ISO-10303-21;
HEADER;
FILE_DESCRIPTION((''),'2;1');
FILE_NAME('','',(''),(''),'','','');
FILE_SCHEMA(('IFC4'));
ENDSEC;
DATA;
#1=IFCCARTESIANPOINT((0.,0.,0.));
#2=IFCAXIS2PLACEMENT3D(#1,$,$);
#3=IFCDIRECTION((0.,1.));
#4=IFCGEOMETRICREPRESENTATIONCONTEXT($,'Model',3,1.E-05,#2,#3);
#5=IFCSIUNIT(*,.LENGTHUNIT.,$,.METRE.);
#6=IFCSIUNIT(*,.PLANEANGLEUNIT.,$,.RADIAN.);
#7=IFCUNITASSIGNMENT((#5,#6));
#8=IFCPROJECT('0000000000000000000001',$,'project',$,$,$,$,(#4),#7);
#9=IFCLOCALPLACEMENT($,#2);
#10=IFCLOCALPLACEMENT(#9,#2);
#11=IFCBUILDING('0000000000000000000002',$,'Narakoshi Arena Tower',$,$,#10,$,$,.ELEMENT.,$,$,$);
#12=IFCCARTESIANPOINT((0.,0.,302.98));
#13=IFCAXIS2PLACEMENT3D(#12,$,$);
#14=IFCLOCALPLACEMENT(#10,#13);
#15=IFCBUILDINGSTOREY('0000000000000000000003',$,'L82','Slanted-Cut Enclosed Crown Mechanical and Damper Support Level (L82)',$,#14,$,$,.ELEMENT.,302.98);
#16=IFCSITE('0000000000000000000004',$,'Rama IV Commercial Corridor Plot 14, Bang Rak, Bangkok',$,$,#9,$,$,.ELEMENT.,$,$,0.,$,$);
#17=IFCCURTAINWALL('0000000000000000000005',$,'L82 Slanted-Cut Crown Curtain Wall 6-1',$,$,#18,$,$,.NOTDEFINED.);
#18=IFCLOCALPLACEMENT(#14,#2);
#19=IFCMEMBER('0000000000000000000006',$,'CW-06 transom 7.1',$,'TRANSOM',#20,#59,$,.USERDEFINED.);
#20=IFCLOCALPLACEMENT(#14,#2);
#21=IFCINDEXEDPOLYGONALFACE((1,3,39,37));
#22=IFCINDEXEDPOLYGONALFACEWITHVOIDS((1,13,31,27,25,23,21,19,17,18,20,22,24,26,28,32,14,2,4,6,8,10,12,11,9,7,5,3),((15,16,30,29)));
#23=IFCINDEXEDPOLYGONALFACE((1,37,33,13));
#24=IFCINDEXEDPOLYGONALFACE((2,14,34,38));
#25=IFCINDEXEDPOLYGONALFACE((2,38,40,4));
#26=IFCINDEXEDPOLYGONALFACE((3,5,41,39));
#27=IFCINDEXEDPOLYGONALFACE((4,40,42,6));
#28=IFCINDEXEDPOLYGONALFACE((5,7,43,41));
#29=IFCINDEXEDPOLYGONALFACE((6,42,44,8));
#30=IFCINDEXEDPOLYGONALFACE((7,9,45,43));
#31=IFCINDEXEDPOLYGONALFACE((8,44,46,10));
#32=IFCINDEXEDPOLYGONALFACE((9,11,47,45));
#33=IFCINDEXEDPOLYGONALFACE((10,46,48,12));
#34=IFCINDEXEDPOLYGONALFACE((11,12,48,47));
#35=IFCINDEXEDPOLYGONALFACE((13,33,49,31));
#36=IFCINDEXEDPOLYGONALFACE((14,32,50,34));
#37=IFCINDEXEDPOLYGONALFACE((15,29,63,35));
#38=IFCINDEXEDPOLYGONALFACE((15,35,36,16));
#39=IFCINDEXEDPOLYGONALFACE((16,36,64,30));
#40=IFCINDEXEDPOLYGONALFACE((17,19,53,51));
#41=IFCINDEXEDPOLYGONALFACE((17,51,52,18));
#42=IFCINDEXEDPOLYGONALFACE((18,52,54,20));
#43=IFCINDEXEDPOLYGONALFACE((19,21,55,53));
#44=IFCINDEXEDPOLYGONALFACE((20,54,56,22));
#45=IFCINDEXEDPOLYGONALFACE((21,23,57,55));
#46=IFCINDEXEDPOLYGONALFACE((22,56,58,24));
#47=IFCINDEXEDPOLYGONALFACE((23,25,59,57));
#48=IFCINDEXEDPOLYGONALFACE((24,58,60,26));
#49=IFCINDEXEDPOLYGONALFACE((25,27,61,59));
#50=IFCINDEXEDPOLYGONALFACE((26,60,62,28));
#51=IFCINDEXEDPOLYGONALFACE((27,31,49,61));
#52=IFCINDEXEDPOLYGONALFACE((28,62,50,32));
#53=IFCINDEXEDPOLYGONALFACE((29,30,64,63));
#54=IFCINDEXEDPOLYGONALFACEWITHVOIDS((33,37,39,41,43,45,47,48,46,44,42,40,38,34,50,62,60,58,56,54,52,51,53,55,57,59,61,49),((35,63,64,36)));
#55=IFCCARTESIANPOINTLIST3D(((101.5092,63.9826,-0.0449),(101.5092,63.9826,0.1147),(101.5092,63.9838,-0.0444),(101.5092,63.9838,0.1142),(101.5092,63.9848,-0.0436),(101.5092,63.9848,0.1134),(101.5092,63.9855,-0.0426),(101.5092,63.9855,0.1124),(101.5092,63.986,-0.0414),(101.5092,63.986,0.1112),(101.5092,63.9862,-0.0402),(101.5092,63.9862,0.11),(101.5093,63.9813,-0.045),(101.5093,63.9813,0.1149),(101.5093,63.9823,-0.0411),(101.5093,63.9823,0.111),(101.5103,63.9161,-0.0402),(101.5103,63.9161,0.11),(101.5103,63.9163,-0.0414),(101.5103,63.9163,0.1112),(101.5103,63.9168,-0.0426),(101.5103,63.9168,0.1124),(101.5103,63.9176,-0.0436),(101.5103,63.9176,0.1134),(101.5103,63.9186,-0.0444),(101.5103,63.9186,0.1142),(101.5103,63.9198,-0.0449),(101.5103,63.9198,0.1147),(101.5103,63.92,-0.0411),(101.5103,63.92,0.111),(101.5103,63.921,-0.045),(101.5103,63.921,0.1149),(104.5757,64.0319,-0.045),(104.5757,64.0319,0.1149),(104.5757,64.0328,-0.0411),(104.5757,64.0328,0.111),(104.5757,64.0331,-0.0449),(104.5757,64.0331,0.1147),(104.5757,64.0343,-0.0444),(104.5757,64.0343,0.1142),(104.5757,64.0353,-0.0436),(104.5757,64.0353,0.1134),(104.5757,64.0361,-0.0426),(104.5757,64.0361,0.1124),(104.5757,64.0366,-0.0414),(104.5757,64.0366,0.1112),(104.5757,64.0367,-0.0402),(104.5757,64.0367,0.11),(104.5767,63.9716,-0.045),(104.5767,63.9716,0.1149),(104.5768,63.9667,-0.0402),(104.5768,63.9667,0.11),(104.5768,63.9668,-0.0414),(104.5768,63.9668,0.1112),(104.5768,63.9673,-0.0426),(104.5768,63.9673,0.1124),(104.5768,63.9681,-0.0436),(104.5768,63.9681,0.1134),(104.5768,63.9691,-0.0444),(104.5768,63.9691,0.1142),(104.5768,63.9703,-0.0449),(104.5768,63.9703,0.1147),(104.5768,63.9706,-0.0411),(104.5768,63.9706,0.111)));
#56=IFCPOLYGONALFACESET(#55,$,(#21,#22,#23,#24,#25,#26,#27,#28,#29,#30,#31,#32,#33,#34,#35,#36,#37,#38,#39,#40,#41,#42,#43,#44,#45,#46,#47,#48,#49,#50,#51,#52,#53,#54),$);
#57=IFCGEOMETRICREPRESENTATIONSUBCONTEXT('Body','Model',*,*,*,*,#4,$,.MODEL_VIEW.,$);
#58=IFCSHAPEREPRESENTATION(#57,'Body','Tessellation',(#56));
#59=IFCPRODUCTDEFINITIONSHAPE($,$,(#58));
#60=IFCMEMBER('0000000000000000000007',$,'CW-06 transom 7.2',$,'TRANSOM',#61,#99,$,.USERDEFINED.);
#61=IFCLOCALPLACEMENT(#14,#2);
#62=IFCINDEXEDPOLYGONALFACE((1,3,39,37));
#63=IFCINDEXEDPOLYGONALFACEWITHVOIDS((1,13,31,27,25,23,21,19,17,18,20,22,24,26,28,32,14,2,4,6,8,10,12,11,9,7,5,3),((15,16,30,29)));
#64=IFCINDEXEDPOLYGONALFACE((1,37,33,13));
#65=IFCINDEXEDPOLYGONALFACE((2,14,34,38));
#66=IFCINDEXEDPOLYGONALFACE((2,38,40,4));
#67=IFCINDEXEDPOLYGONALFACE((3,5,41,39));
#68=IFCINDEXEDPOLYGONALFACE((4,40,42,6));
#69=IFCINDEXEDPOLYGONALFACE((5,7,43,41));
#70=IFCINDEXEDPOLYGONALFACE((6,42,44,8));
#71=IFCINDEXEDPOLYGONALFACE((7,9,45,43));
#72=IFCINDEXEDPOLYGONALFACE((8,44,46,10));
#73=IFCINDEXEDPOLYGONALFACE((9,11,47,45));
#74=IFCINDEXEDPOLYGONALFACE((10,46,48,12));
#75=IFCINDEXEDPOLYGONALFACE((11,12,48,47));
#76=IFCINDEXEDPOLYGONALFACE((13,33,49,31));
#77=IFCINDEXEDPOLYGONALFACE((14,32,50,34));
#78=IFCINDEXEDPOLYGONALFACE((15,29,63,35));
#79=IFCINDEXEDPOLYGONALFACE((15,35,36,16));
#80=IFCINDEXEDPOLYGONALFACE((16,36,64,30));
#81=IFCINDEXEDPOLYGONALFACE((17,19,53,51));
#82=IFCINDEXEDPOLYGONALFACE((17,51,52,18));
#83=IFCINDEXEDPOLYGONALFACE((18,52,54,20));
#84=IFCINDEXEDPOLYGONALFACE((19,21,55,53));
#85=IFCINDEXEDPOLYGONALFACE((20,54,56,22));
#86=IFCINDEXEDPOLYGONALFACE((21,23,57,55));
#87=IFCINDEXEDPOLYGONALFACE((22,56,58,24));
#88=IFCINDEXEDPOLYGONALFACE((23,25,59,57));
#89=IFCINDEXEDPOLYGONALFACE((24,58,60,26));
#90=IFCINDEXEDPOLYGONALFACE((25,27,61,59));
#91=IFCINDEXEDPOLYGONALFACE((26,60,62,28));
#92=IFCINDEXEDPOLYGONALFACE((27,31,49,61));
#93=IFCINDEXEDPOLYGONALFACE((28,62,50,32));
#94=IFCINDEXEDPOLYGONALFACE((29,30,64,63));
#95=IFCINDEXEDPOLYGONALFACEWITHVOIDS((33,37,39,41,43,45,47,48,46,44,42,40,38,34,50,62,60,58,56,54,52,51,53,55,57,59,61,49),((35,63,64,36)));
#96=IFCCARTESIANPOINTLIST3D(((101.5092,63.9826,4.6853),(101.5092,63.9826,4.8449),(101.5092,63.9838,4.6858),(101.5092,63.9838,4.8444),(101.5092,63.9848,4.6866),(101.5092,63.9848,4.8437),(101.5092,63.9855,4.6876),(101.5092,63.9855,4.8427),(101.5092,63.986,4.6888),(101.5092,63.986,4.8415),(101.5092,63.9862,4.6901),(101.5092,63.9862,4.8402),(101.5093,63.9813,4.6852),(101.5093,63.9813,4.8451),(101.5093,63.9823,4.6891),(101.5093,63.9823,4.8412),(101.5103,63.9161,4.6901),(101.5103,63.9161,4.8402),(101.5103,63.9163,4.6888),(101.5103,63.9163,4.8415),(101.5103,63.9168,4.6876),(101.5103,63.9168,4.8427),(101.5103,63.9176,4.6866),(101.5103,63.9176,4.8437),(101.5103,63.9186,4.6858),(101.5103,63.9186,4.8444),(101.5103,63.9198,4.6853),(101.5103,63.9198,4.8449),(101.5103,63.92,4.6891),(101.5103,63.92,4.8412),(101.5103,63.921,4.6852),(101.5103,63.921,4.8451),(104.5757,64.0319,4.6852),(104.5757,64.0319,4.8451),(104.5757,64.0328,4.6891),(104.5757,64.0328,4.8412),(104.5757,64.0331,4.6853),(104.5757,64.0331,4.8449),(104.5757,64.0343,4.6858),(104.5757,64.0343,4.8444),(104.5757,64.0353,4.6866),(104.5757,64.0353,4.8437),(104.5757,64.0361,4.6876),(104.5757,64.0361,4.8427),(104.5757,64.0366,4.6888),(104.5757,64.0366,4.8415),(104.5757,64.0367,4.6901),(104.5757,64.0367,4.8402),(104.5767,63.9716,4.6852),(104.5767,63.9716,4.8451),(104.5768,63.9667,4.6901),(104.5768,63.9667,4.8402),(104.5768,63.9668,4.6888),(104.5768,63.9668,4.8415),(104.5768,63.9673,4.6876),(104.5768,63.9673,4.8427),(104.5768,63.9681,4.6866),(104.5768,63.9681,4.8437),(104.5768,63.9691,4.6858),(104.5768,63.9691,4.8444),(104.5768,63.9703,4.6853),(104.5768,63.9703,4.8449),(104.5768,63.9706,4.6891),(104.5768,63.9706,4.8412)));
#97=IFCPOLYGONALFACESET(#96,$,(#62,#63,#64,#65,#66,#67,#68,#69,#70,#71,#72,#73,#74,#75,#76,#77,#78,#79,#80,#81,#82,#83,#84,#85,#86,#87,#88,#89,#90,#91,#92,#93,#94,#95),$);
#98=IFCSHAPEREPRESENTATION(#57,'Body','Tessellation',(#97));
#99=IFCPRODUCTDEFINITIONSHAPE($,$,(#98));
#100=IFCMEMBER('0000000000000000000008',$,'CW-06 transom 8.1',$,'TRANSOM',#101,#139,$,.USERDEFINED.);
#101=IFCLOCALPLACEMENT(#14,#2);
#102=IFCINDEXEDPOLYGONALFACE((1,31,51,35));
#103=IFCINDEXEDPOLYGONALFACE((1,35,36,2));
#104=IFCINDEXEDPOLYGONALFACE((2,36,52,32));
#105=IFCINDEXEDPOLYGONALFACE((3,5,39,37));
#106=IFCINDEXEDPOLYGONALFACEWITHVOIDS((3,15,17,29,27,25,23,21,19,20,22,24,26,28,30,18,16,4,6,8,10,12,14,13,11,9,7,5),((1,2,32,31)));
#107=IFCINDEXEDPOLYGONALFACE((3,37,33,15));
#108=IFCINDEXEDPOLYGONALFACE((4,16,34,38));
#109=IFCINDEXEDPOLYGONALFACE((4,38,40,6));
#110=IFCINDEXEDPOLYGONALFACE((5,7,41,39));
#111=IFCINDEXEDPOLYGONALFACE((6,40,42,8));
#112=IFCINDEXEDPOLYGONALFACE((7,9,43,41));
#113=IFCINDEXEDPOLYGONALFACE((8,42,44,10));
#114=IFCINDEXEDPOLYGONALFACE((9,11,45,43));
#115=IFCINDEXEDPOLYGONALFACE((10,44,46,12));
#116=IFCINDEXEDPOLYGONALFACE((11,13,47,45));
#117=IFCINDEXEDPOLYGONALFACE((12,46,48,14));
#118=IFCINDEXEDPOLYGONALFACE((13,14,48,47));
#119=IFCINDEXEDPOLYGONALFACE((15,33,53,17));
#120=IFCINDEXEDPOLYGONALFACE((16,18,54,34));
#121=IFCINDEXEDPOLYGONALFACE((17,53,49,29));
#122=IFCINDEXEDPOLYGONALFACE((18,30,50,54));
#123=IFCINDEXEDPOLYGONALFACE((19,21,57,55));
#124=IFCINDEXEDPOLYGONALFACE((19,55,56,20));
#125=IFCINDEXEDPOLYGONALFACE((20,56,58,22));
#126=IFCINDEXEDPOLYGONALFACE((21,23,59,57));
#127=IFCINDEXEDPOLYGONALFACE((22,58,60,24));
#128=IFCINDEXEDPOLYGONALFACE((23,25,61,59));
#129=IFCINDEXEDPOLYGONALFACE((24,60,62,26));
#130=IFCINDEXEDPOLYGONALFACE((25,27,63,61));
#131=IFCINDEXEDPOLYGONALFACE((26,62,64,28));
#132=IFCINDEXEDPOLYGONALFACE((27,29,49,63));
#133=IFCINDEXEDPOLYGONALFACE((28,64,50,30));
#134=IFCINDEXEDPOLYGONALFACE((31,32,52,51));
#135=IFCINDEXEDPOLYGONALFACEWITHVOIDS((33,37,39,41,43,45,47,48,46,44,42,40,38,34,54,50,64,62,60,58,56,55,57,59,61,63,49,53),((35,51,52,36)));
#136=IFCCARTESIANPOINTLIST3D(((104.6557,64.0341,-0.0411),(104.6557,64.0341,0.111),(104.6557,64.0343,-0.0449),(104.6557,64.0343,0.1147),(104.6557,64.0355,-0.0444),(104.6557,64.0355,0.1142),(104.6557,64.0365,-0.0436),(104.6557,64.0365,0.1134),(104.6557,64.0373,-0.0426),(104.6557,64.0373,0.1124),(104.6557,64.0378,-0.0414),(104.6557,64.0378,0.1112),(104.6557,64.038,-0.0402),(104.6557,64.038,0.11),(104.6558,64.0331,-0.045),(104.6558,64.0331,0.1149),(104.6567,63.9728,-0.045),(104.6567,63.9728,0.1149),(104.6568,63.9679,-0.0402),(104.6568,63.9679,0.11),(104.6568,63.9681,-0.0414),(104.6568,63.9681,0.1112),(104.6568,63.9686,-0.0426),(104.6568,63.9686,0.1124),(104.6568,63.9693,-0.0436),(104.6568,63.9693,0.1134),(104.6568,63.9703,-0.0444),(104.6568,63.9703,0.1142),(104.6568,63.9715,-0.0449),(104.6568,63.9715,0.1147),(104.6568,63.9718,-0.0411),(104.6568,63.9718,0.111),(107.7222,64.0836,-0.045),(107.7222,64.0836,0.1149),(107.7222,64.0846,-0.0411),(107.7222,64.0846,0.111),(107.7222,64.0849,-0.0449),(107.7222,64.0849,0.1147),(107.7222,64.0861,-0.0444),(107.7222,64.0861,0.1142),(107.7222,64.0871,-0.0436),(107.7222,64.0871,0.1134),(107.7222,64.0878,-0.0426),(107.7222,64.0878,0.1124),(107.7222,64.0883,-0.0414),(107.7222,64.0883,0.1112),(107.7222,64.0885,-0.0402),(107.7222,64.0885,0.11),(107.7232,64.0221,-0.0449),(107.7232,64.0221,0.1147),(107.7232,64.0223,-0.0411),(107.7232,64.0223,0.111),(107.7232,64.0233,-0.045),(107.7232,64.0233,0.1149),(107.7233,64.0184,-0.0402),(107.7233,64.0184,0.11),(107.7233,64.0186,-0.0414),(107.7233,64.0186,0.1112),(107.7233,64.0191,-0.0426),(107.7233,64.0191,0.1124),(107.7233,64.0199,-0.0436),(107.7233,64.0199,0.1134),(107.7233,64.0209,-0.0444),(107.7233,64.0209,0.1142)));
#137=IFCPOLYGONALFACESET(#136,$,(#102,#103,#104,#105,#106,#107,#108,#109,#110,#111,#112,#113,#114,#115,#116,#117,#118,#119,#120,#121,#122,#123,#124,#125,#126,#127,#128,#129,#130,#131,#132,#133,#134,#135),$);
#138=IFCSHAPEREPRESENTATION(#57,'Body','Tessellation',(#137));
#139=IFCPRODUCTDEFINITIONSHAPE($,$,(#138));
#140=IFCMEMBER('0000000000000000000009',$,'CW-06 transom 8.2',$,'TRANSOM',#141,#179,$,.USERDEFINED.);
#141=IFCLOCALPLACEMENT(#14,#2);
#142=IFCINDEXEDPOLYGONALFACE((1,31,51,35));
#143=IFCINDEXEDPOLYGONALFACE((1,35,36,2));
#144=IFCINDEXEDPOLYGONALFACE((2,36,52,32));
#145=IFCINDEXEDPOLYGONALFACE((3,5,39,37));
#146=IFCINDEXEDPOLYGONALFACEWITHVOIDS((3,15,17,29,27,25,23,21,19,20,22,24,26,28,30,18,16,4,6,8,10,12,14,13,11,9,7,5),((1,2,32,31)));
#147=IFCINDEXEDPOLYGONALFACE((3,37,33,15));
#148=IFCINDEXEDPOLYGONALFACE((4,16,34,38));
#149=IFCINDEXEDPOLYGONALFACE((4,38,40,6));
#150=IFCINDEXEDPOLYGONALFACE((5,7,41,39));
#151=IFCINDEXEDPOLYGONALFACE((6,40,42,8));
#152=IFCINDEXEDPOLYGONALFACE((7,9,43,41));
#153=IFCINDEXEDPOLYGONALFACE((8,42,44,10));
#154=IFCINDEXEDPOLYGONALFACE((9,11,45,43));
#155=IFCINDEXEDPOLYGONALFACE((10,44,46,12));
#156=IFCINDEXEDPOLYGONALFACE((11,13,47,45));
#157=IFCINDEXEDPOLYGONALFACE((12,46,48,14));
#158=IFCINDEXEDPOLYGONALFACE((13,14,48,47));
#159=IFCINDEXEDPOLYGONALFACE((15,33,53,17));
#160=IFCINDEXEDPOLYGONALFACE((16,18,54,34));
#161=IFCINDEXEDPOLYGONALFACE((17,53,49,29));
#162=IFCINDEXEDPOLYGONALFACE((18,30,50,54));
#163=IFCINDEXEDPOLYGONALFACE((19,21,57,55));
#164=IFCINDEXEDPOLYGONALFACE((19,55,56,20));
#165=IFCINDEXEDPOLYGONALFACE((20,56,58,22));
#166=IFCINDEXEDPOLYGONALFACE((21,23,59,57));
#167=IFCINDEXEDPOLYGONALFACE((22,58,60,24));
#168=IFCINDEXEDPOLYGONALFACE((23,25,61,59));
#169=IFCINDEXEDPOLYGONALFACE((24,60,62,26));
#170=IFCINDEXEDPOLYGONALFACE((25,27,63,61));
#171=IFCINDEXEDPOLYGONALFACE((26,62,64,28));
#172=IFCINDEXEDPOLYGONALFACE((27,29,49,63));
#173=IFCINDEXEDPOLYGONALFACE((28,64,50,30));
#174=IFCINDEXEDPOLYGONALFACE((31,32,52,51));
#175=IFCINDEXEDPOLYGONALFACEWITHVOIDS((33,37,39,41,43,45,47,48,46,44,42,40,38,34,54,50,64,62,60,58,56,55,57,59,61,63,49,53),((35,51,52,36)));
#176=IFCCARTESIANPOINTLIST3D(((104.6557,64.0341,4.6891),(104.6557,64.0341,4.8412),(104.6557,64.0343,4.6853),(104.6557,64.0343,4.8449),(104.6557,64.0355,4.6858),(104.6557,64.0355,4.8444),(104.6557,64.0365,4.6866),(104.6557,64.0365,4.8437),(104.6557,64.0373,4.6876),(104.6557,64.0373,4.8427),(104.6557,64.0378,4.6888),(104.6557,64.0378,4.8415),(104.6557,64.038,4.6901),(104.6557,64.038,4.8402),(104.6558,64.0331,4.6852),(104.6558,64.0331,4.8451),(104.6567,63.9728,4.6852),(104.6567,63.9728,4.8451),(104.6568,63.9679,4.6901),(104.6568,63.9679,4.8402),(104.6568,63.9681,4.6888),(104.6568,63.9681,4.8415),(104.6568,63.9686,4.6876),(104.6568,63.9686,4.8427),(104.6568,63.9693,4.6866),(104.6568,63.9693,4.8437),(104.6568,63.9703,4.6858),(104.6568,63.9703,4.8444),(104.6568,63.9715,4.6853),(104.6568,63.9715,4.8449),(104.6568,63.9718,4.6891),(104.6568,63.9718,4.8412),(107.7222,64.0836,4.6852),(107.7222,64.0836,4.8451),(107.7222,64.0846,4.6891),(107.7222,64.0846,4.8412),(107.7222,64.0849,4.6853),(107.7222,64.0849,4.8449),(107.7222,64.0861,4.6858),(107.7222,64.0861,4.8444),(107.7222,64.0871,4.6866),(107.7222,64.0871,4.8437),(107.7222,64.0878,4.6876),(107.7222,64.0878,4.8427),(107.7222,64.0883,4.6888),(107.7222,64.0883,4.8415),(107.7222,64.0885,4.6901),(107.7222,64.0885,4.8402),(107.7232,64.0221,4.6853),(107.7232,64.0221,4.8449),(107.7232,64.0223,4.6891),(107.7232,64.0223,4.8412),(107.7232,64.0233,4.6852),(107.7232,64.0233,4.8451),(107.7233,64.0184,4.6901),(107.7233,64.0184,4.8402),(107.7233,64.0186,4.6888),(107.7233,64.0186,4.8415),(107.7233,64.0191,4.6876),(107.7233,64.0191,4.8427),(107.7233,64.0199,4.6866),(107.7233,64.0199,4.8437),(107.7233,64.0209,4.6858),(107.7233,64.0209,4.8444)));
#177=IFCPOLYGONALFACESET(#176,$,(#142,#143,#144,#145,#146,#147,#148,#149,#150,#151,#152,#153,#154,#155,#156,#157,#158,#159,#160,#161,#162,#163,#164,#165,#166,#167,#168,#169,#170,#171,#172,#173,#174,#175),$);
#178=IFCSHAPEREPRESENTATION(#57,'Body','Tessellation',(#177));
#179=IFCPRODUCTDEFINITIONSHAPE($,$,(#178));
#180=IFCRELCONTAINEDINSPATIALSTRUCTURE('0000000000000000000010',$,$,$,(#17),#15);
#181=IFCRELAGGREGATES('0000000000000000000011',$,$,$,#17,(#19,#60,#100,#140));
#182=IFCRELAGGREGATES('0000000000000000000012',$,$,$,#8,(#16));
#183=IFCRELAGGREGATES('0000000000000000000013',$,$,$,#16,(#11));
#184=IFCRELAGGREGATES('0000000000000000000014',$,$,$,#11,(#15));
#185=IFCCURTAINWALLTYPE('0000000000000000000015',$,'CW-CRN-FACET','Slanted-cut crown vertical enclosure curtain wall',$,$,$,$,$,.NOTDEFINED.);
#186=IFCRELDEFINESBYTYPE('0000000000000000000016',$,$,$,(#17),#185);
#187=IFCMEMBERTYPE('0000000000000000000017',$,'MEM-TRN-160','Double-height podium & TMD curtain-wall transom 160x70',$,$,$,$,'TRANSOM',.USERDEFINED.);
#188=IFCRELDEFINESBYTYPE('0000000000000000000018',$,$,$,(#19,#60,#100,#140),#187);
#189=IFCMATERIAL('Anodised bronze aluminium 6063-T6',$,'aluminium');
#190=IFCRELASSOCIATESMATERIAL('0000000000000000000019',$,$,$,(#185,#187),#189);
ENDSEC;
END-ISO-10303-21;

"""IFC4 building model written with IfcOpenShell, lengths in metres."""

from ifc_helpers import new_model, si_unit, direction, frame, origin, origin_2d, place, context, subcontext, project, spatial, hollow_rectangle, extrude, material, material_profile, profile_set, type_object, element, aggregate, save


model = new_model("IFC4")

# Units and contexts
model_context = context("Model", 3, precision=1e-05, world=origin(), true_north=direction((0.0, 1.0)))
body_context = subcontext(model_context, "Body", "Model", "MODEL_VIEW")
ifc_project = project(units=[si_unit("LENGTHUNIT", "METRE"), si_unit("PLANEANGLEUNIT", "RADIAN")], contexts=[model_context])

# Site, building, storey
site_placement = place(None, origin())
site = spatial("IfcSite", under=ifc_project, at=site_placement, Name="Rama IV Commercial Corridor Plot 14, Bang Rak, Bangkok", CompositionType="ELEMENT", RefElevation=0.0)
building_placement = place(site_placement, origin())
building = spatial("IfcBuilding", under=site, at=building_placement, Name="Narakoshi Arena Tower", CompositionType="ELEMENT")
storey_placement = place(building_placement, frame((0.0, 0.0, 302.98)))
storey = spatial("IfcBuildingStorey", under=building, at=storey_placement, Name="L82", Description="Slanted-Cut Enclosed Crown Mechanical and Damper Support Level (L82)", CompositionType="ELEMENT", Elevation=302.98)

# Curtain wall, members
ifc_material_1 = material(Name="Anodised bronze aluminium 6063-T6", Category="aluminium")
curtain_wall_type = type_object("IfcCurtainWallType", Name="CW-CRN-FACET", Description="Slanted-cut crown vertical enclosure curtain wall", PredefinedType="NOTDEFINED", material=ifc_material_1)
curtain_wall_placement = place(storey_placement, origin())
curtain_wall = element("IfcCurtainWall", 1, at=curtain_wall_placement, inside=storey, type_object=curtain_wall_type, Name="L82 Slanted-Cut Crown Curtain Wall 6-1", PredefinedType="NOTDEFINED")
ifc_material_profile_1 = material_profile(ifc_material_1, hollow_rectangle(XDim=0.0701, YDim=0.1599, WallThickness=0.0039, OuterFilletRadius=0.0049, at=origin_2d()), Name="TRN160x70x4")
ifc_profile_set_1 = profile_set([ifc_material_profile_1], Name="Anodised bronze aluminium 6063-T6")
member_type_1 = type_object("IfcMemberType", Name="MEM-TRN-160", Description="Double-height podium & TMD curtain-wall transom 160x70", ElementType="TRANSOM", PredefinedType="USERDEFINED", material=ifc_profile_set_1)
member_1_placement = place(storey_placement, frame((101.5098, 63.9512, 0.0349), z_axis=(0.999864, 0.016479, 0.0), x_axis=(-0.016479, 0.999864, 0.0)))
member_1 = element("IfcMember", 2, at=member_1_placement, type_object=member_type_1, Name="CW-06 transom 7.1", ObjectType="TRANSOM", PredefinedType="USERDEFINED", context=body_context, shape_type="SweptSolid", body=[
    extrude(hollow_rectangle(XDim=0.0701, YDim=0.1599, WallThickness=0.0039, OuterFilletRadius=0.0049, at=origin_2d()), origin(), (0.0, 0.0, 1.0), 3.0669),
])
member_2_placement = place(storey_placement, frame((101.5098, 63.9512, 4.7651), z_axis=(0.999864, 0.016479, 0.0), x_axis=(-0.016479, 0.999864, 0.0)))
member_2 = element("IfcMember", 3, at=member_2_placement, type_object=member_type_1, Name="CW-06 transom 7.2", ObjectType="TRANSOM", PredefinedType="USERDEFINED", context=body_context, shape_type="SweptSolid", body=[
    extrude(hollow_rectangle(XDim=0.0701, YDim=0.1599, WallThickness=0.0039, OuterFilletRadius=0.0049, at=origin_2d()), origin(), (0.0, 0.0, 1.0), 3.0669),
])
member_3_placement = place(storey_placement, frame((104.6562, 64.0029, 0.0349), z_axis=(0.999864, 0.016479, 0.0), x_axis=(-0.016479, 0.999864, 0.0)))
member_3 = element("IfcMember", 4, at=member_3_placement, type_object=member_type_1, Name="CW-06 transom 8.1", ObjectType="TRANSOM", PredefinedType="USERDEFINED", context=body_context, shape_type="SweptSolid", body=[
    extrude(hollow_rectangle(XDim=0.0701, YDim=0.1599, WallThickness=0.0039, OuterFilletRadius=0.0049, at=origin_2d()), origin(), (0.0, 0.0, 1.0), 3.0669),
])
member_4_placement = place(storey_placement, frame((104.6562, 64.0029, 4.7651), z_axis=(0.999864, 0.016479, 0.0), x_axis=(-0.016479, 0.999864, 0.0)))
member_4 = element("IfcMember", 5, at=member_4_placement, type_object=member_type_1, Name="CW-06 transom 8.2", ObjectType="TRANSOM", PredefinedType="USERDEFINED", context=body_context, shape_type="SweptSolid", body=[
    extrude(hollow_rectangle(XDim=0.0701, YDim=0.1599, WallThickness=0.0039, OuterFilletRadius=0.0049, at=origin_2d()), origin(), (0.0, 0.0, 1.0), 3.0669),
])
aggregate(curtain_wall, [member_1, member_2, member_3, member_4])

save(model, "model.ifc")
